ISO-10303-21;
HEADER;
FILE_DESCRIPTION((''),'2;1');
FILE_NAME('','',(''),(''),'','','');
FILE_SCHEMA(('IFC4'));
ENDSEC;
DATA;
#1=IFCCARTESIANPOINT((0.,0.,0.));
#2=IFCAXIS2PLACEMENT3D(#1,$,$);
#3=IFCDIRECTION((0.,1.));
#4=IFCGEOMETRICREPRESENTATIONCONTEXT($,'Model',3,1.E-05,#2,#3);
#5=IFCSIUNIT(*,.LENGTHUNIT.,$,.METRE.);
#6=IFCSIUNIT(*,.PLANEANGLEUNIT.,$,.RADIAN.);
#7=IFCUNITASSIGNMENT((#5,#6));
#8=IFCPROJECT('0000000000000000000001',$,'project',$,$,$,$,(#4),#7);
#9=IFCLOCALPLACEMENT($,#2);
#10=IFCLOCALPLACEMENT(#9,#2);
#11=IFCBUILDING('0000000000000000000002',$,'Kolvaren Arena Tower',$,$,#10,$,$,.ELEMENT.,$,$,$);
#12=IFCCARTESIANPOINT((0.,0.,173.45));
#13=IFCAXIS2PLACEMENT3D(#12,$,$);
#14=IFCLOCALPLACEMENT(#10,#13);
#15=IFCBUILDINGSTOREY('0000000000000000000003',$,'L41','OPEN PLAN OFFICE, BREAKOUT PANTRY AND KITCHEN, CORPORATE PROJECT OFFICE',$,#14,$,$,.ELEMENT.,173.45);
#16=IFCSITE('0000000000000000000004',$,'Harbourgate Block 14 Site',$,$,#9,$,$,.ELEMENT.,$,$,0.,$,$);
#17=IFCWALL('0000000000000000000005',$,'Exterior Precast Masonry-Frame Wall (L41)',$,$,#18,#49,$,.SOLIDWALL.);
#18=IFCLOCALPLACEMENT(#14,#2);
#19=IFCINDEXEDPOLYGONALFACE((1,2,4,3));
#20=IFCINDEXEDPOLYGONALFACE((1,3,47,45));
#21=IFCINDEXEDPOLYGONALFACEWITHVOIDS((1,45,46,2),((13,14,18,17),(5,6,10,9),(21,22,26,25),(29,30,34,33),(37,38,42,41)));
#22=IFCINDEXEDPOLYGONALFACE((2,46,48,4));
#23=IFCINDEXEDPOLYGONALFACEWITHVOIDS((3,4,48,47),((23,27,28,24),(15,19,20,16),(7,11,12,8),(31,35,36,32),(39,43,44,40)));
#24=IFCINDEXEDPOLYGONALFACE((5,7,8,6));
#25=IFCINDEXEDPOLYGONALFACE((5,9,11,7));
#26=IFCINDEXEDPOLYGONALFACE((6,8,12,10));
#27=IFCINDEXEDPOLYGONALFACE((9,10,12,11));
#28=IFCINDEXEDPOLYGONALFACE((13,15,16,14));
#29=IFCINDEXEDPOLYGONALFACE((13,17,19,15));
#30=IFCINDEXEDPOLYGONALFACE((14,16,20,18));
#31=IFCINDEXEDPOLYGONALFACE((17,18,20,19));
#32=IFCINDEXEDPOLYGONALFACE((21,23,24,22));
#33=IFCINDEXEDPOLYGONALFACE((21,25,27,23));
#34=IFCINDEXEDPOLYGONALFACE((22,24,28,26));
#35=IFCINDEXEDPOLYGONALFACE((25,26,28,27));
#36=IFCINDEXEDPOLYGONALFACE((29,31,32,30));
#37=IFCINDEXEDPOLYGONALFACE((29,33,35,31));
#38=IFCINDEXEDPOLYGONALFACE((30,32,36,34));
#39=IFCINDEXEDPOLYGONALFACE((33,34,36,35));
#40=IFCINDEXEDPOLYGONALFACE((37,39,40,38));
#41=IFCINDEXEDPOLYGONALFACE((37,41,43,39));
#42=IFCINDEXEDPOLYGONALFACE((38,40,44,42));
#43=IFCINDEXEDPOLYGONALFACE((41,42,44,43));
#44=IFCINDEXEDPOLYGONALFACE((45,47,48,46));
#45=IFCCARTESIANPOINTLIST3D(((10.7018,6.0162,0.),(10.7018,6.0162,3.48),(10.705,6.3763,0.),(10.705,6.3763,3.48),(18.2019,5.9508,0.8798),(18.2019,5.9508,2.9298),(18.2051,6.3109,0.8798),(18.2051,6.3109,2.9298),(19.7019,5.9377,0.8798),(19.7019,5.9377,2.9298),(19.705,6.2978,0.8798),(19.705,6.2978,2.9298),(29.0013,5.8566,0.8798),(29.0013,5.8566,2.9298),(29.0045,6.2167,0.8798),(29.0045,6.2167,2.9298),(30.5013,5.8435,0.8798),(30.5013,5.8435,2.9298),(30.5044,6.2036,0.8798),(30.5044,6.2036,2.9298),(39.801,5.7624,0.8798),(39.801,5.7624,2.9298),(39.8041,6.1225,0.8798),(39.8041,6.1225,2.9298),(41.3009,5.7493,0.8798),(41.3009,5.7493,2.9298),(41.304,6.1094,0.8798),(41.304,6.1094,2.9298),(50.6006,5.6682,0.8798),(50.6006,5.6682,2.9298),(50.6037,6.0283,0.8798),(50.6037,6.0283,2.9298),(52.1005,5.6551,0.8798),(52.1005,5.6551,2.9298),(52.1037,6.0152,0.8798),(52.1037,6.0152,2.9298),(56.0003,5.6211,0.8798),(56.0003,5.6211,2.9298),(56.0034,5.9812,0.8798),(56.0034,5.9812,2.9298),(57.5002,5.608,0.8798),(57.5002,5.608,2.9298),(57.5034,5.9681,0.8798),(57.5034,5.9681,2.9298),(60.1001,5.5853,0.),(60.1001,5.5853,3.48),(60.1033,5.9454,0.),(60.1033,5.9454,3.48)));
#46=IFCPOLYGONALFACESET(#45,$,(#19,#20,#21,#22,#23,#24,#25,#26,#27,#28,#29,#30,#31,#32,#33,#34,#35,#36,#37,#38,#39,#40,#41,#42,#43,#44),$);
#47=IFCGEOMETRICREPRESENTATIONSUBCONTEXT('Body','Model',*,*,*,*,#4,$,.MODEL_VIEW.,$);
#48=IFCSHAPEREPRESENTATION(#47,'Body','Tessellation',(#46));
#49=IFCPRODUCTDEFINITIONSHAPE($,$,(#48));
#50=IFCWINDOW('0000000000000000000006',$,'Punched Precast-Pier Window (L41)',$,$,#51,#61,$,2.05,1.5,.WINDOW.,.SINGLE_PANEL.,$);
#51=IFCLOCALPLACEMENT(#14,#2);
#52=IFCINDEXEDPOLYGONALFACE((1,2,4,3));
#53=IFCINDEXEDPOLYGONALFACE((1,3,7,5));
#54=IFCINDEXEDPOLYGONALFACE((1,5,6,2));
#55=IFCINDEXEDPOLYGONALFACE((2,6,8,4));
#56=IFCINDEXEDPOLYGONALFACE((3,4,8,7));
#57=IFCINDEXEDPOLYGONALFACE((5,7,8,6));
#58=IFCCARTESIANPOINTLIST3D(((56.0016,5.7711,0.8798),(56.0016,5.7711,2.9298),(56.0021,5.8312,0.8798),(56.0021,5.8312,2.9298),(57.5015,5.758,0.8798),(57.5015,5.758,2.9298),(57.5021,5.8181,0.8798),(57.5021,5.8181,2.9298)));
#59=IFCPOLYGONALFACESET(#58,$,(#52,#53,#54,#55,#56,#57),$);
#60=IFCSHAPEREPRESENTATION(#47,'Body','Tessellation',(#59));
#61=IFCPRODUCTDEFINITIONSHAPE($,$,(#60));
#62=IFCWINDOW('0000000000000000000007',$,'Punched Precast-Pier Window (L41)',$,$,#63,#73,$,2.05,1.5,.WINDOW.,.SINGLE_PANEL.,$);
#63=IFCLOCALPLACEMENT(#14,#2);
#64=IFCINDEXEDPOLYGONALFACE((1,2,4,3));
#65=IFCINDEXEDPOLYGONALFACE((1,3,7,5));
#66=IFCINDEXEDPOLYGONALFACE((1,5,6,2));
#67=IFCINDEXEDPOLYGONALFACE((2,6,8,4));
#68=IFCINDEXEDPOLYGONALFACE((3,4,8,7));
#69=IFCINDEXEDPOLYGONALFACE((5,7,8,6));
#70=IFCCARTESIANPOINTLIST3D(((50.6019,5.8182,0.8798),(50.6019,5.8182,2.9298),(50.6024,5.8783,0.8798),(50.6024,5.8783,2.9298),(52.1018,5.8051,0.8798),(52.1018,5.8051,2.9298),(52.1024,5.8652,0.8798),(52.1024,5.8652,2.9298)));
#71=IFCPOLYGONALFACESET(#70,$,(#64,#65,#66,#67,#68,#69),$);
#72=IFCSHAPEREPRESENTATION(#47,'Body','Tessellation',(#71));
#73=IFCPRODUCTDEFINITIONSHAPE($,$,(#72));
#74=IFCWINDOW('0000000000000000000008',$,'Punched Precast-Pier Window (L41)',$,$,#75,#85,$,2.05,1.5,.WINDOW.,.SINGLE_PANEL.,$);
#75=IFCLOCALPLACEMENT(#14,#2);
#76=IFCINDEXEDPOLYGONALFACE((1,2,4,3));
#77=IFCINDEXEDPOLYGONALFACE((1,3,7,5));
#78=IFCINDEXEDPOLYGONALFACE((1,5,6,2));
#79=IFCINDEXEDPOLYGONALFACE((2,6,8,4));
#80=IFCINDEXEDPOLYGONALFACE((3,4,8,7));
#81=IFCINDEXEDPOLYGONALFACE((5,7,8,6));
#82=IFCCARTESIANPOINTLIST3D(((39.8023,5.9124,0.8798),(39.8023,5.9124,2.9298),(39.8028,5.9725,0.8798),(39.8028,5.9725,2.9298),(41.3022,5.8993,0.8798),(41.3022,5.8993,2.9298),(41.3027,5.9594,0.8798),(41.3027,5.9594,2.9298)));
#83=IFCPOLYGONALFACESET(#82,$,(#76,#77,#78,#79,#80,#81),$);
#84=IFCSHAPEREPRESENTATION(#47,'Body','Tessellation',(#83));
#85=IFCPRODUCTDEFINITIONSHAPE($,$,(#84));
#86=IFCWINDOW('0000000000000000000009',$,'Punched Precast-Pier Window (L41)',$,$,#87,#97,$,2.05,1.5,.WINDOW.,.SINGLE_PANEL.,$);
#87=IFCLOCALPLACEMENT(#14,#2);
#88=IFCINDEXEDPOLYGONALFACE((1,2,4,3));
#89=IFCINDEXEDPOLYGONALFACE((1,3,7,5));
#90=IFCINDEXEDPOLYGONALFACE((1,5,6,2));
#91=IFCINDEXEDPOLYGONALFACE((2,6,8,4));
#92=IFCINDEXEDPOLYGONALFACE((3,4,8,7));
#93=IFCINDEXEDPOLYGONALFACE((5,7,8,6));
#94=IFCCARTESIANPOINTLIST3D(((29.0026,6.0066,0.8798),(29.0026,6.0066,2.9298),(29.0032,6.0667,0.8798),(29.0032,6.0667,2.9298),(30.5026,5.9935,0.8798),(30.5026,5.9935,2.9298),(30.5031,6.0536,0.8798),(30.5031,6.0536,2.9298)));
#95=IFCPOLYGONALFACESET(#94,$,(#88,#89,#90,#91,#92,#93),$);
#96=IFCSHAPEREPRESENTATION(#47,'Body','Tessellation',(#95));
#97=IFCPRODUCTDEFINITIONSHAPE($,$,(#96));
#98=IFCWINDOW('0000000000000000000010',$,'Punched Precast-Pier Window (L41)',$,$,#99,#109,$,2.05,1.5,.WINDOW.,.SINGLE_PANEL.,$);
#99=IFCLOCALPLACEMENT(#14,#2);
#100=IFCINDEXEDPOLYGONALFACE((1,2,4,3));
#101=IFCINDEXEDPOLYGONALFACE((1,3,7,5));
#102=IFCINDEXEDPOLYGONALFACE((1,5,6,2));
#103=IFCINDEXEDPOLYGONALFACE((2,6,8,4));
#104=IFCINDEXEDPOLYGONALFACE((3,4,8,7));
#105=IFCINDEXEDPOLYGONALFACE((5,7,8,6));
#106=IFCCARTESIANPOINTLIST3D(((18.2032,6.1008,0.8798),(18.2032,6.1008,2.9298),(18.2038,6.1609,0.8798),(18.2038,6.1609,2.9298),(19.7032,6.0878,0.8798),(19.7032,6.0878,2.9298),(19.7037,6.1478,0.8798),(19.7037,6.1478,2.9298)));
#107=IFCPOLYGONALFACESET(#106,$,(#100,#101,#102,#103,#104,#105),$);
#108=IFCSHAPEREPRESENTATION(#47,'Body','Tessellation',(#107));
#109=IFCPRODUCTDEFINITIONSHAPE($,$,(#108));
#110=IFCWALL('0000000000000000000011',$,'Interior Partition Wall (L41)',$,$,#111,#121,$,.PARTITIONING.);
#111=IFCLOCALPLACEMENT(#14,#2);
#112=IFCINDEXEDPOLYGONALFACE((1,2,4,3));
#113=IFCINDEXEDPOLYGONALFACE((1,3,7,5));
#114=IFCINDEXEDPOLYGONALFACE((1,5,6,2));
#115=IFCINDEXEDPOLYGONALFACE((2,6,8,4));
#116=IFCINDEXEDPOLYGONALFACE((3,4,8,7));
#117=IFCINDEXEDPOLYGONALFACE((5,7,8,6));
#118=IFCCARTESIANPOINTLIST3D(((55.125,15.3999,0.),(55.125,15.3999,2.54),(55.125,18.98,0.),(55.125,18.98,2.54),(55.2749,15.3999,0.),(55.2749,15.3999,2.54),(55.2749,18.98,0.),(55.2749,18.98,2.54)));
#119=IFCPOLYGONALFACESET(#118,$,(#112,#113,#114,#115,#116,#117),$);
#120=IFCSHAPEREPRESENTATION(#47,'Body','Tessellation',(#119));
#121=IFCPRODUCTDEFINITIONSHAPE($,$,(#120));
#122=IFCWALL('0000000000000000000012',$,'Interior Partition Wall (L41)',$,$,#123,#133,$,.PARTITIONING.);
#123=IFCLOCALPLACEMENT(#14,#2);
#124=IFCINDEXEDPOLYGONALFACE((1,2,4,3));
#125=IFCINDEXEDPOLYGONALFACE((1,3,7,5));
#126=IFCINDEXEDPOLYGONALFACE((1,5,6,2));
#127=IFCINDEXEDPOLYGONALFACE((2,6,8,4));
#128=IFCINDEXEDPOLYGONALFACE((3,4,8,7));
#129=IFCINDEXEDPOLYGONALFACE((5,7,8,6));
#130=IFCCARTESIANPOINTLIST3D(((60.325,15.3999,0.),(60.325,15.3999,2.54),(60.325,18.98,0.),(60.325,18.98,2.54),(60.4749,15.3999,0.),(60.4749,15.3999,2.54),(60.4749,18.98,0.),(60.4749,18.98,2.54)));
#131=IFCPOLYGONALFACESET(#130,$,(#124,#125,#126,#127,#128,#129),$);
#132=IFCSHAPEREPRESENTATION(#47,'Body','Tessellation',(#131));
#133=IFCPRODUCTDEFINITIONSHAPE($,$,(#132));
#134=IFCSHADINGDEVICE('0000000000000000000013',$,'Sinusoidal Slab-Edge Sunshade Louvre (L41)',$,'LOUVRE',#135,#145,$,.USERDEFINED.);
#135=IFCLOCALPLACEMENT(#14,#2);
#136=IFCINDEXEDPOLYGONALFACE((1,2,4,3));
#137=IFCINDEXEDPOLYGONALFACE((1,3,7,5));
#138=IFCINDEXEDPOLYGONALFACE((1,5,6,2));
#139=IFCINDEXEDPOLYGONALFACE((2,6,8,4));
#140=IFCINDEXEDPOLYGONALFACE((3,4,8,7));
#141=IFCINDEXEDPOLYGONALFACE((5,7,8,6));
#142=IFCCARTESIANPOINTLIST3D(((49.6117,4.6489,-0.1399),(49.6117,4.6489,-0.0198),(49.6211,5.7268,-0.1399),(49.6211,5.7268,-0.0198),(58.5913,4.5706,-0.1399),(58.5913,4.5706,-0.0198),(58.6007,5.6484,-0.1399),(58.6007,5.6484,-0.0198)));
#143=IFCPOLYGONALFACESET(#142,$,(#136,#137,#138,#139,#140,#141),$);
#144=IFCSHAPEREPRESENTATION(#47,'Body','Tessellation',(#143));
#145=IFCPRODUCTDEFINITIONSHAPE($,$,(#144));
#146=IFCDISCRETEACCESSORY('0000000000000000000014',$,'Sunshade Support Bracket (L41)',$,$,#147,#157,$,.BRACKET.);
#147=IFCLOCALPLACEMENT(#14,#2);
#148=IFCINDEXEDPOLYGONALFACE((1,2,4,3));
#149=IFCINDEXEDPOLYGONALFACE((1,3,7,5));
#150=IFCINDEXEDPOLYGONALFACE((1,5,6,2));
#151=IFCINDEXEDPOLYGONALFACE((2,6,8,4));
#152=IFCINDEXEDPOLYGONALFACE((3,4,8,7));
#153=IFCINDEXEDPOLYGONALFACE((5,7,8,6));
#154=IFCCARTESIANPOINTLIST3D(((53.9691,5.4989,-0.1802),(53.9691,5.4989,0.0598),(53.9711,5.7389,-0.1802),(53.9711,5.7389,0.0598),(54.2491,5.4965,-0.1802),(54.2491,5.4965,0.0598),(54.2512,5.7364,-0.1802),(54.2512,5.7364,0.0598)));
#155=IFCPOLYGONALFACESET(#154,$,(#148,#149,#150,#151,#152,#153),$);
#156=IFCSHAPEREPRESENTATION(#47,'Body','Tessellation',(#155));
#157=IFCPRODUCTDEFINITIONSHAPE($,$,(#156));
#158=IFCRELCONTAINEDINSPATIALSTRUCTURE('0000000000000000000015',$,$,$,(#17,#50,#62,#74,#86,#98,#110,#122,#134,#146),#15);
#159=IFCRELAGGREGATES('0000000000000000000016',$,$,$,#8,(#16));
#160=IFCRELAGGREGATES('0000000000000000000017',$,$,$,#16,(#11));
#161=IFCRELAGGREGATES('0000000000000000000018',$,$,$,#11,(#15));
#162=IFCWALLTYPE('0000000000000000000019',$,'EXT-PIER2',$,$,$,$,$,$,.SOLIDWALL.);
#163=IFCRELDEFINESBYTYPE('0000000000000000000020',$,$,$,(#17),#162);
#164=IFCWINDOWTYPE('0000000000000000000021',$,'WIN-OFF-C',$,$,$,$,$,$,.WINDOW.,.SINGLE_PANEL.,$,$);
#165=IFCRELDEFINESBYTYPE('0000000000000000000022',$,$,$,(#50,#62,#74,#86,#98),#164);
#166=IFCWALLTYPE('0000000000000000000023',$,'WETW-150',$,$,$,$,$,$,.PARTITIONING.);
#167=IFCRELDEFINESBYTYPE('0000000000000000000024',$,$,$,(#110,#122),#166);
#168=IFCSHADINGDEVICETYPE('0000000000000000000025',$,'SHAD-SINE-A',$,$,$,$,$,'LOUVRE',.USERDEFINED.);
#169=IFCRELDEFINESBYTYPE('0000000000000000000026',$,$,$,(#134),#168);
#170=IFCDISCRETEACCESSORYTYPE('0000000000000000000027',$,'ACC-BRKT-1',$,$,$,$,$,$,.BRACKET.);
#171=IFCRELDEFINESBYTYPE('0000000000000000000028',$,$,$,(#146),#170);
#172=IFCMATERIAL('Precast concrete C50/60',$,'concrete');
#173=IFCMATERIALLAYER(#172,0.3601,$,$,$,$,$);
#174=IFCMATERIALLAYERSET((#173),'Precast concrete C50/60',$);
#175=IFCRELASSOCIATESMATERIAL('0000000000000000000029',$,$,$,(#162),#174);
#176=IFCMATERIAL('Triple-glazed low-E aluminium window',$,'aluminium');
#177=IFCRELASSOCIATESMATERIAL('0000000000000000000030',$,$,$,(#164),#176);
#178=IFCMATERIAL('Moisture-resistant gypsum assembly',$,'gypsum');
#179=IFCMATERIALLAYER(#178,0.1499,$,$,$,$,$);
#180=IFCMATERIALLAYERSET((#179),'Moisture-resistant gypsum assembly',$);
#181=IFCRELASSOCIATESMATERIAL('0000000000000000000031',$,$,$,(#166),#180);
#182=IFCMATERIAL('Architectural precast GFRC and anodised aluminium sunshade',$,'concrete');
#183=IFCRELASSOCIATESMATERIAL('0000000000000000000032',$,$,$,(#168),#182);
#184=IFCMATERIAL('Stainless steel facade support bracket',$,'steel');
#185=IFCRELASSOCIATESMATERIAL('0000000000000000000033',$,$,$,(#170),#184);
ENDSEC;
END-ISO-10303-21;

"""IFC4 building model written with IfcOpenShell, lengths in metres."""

from ifc_helpers import new_model, si_unit, direction, frame, frame_2d, origin, origin_2d, place, context, subcontext, project, spatial, rectangle, extrude, material, layer, layer_set, type_object, element, fill, save


model = new_model("IFC4")

# Units and contexts
model_context = context("Model", 3, precision=1e-05, world=origin(), true_north=direction((0.0, 1.0)))
body_context = subcontext(model_context, "Body", "Model", "MODEL_VIEW")
ifc_project = project(units=[si_unit("LENGTHUNIT", "METRE"), si_unit("PLANEANGLEUNIT", "RADIAN")], contexts=[model_context])

# Site, building, storey
site_placement = place(None, origin())
site = spatial("IfcSite", under=ifc_project, at=site_placement, Name="Harbourgate Block 14 Site", CompositionType="ELEMENT", RefElevation=0.0)
building_placement = place(site_placement, origin())
building = spatial("IfcBuilding", under=site, at=building_placement, Name="Kolvaren Arena Tower", CompositionType="ELEMENT")
storey_placement = place(building_placement, frame((0.0, 0.0, 173.45)))
storey = spatial("IfcBuildingStorey", under=building, at=storey_placement, Name="L41", Description="OPEN PLAN OFFICE, BREAKOUT PANTRY AND KITCHEN, CORPORATE PROJECT OFFICE", CompositionType="ELEMENT", Elevation=173.45)

# Shared definitions
ifc_material_1 = material(Name="Precast concrete C50/60", Category="concrete")
ifc_layer_1 = layer(ifc_material_1, 0.3601)
ifc_layer_set_1 = layer_set([ifc_layer_1], Name="Precast concrete C50/60")
wall_type_1 = type_object("IfcWallType", Name="EXT-PIER2", PredefinedType="SOLIDWALL", material=ifc_layer_set_1)

# Wall, openings, windows
wall_1_placement = place(storey_placement, frame((60.1018, 5.7654, 0.0), z_axis=(0.0, 0.0, 1.0), x_axis=(-0.999962, 0.008723, 0.0)))
wall_1 = element("IfcWall", 1, at=wall_1_placement, inside=storey, type_object=wall_type_1, Name="Exterior Precast Masonry-Frame Wall (L41)", PredefinedType="SOLIDWALL", context=body_context, shape_type="SweptSolid", body=[
    extrude(rectangle(XDim=49.4001, YDim=0.3601, at=frame_2d((24.7002, 0.0))), origin(), (0.0, 0.0, 1.0), 3.48),
])
opening_1_placement = place(wall_1_placement, frame((2.6001, 0.0, 0.8799)))
opening_1 = element("IfcOpeningElement", 2, at=opening_1_placement, cuts=wall_1, PredefinedType="OPENING", context=body_context, shape_type="SweptSolid", body=[
    extrude(rectangle(XDim=1.5, YDim=2.05, at=frame_2d((0.75, 1.0249))), frame((0.0, 0.1899, 0.0), z_axis=(0.0, -1.0, 0.0), x_axis=(1.0, 0.0, 0.0)), (0.0, 0.0, 1.0), 0.3801),
])
opening_2_placement = place(wall_1_placement, frame((8.0, 0.0, 0.8799)))
opening_2 = element("IfcOpeningElement", 3, at=opening_2_placement, cuts=wall_1, PredefinedType="OPENING", context=body_context, shape_type="SweptSolid", body=[
    extrude(rectangle(XDim=1.5, YDim=2.05, at=frame_2d((0.75, 1.0249))), frame((0.0, 0.1899, 0.0), z_axis=(0.0, -1.0, 0.0), x_axis=(1.0, 0.0, 0.0)), (0.0, 0.0, 1.0), 0.3801),
])
opening_3_placement = place(wall_1_placement, frame((18.8, 0.0, 0.8799)))
opening_3 = element("IfcOpeningElement", 4, at=opening_3_placement, cuts=wall_1, PredefinedType="OPENING", context=body_context, shape_type="SweptSolid", body=[
    extrude(rectangle(XDim=1.5, YDim=2.05, at=frame_2d((0.75, 1.0249))), frame((0.0, 0.1899, 0.0), z_axis=(0.0, -1.0, 0.0), x_axis=(1.0, 0.0, 0.0)), (0.0, 0.0, 1.0), 0.3801),
])
opening_4_placement = place(wall_1_placement, frame((29.6001, 0.0, 0.8799)))
opening_4 = element("IfcOpeningElement", 5, at=opening_4_placement, cuts=wall_1, PredefinedType="OPENING", context=body_context, shape_type="SweptSolid", body=[
    extrude(rectangle(XDim=1.5, YDim=2.05, at=frame_2d((0.75, 1.0249))), frame((0.0, 0.1899, 0.0), z_axis=(0.0, -1.0, 0.0), x_axis=(1.0, 0.0, 0.0)), (0.0, 0.0, 1.0), 0.3801),
])
opening_5_placement = place(wall_1_placement, frame((40.3999, 0.0, 0.8799)))
opening_5 = element("IfcOpeningElement", 6, at=opening_5_placement, cuts=wall_1, PredefinedType="OPENING", context=body_context, shape_type="SweptSolid", body=[
    extrude(rectangle(XDim=1.5, YDim=2.05, at=frame_2d((0.75, 1.0249))), frame((0.0, 0.1899, 0.0), z_axis=(0.0, -1.0, 0.0), x_axis=(1.0, 0.0, 0.0)), (0.0, 0.0, 1.0), 0.3801),
])
ifc_material_2 = material(Name="Triple-glazed low-E aluminium window", Category="aluminium")
window_type = type_object("IfcWindowType", Name="WIN-OFF-C", PartitioningType="SINGLE_PANEL", PredefinedType="WINDOW", material=ifc_material_2)
window_1_placement = place(opening_1_placement, origin())
window_1 = element("IfcWindow", 7, at=window_1_placement, inside=storey, type_object=window_type, Name="Punched Precast-Pier Window (L41)", OverallHeight=2.05, OverallWidth=1.5, PartitioningType="SINGLE_PANEL", PredefinedType="WINDOW", context=body_context, shape_type="SweptSolid", body=[
    extrude(rectangle(XDim=1.5, YDim=2.05, at=frame_2d((0.75, 1.0249))), frame((0.0, 0.03, 0.0), z_axis=(0.0, -1.0, 0.0), x_axis=(1.0, 0.0, 0.0)), (0.0, 0.0, 1.0), 0.0601),
])
fill(opening_1, window_1)
window_2_placement = place(opening_2_placement, origin())
window_2 = element("IfcWindow", 8, at=window_2_placement, inside=storey, type_object=window_type, Name="Punched Precast-Pier Window (L41)", OverallHeight=2.05, OverallWidth=1.5, PartitioningType="SINGLE_PANEL", PredefinedType="WINDOW", context=body_context, shape_type="SweptSolid", body=[
    extrude(rectangle(XDim=1.5, YDim=2.05, at=frame_2d((0.75, 1.0249))), frame((0.0, 0.03, 0.0), z_axis=(0.0, -1.0, 0.0), x_axis=(1.0, 0.0, 0.0)), (0.0, 0.0, 1.0), 0.0601),
])
fill(opening_2, window_2)
window_3_placement = place(opening_3_placement, origin())
window_3 = element("IfcWindow", 9, at=window_3_placement, inside=storey, type_object=window_type, Name="Punched Precast-Pier Window (L41)", OverallHeight=2.05, OverallWidth=1.5, PartitioningType="SINGLE_PANEL", PredefinedType="WINDOW", context=body_context, shape_type="SweptSolid", body=[
    extrude(rectangle(XDim=1.5, YDim=2.05, at=frame_2d((0.75, 1.0249))), frame((0.0, 0.03, 0.0), z_axis=(0.0, -1.0, 0.0), x_axis=(1.0, 0.0, 0.0)), (0.0, 0.0, 1.0), 0.0601),
])
fill(opening_3, window_3)
window_4_placement = place(opening_4_placement, origin())
window_4 = element("IfcWindow", 10, at=window_4_placement, inside=storey, type_object=window_type, Name="Punched Precast-Pier Window (L41)", OverallHeight=2.05, OverallWidth=1.5, PartitioningType="SINGLE_PANEL", PredefinedType="WINDOW", context=body_context, shape_type="SweptSolid", body=[
    extrude(rectangle(XDim=1.5, YDim=2.05, at=frame_2d((0.75, 1.0249))), frame((0.0, 0.03, 0.0), z_axis=(0.0, -1.0, 0.0), x_axis=(1.0, 0.0, 0.0)), (0.0, 0.0, 1.0), 0.0601),
])
fill(opening_4, window_4)
window_5_placement = place(opening_5_placement, origin())
window_5 = element("IfcWindow", 11, at=window_5_placement, inside=storey, type_object=window_type, Name="Punched Precast-Pier Window (L41)", OverallHeight=2.05, OverallWidth=1.5, PartitioningType="SINGLE_PANEL", PredefinedType="WINDOW", context=body_context, shape_type="SweptSolid", body=[
    extrude(rectangle(XDim=1.5, YDim=2.05, at=frame_2d((0.75, 1.0249))), frame((0.0, 0.03, 0.0), z_axis=(0.0, -1.0, 0.0), x_axis=(1.0, 0.0, 0.0)), (0.0, 0.0, 1.0), 0.0601),
])
fill(opening_5, window_5)

# Walls
ifc_material_3 = material(Name="Moisture-resistant gypsum assembly", Category="gypsum")
ifc_layer_2 = layer(ifc_material_3, 0.1499)
ifc_layer_set_2 = layer_set([ifc_layer_2], Name="Moisture-resistant gypsum assembly")
wall_type_2 = type_object("IfcWallType", Name="WETW-150", PredefinedType="PARTITIONING", material=ifc_layer_set_2)
for number, where, z_axis, x_axis, name in (
    (12, (55.2, 15.3999, 0.0), (0.0, 0.0, 1.0), (0.0, 1.0, 0.0), "Interior Partition Wall (L41)"),
    (13, (60.3999, 15.3999, 0.0), (0.0, 0.0, 1.0), (0.0, 1.0, 0.0), "Interior Partition Wall (L41)"),
):
    element("IfcWall", number, at=place(storey_placement, frame(where, z_axis=z_axis, x_axis=x_axis)), inside=storey, type_object=wall_type_2, Name=name, PredefinedType="PARTITIONING", context=body_context, shape_type="SweptSolid", body=[
        extrude(rectangle(XDim=3.5801, YDim=0.1499, at=frame_2d((1.79, 0.0))), origin(), (0.0, 0.0, 1.0), 2.54),
    ])

# Shading device
ifc_material_4 = material(Name="Architectural precast GFRC and anodised aluminium sunshade", Category="concrete")
shading_device_type = type_object("IfcShadingDeviceType", Name="SHAD-SINE-A", ElementType="LOUVRE", PredefinedType="USERDEFINED", material=ifc_material_4)
shading_device_placement = place(storey_placement, frame((54.1062, 5.1487, -0.1399), z_axis=(0.0, 0.0, 1.0), x_axis=(-0.999962, 0.008727, 0.0)))
element("IfcShadingDevice", 14, at=shading_device_placement, inside=storey, type_object=shading_device_type, Name="Sinusoidal Slab-Edge Sunshade Louvre (L41)", ObjectType="LOUVRE", PredefinedType="USERDEFINED", context=body_context, shape_type="SweptSolid", body=[
    extrude(rectangle(XDim=8.98, YDim=1.0779, at=origin_2d()), origin(), (0.0, 0.0, 1.0), 0.1201),
])

# Discrete accessory
ifc_material_5 = material(Name="Stainless steel facade support bracket", Category="steel")
discrete_accessory_type = type_object("IfcDiscreteAccessoryType", Name="ACC-BRKT-1", PredefinedType="BRACKET", material=ifc_material_5)
discrete_accessory_placement = place(storey_placement, frame((54.1101, 5.6177, -0.1802), z_axis=(0.0, 0.0, 1.0), x_axis=(-0.999962, 0.008727, 0.0)))
element("IfcDiscreteAccessory", 15, at=discrete_accessory_placement, inside=storey, type_object=discrete_accessory_type, Name="Sunshade Support Bracket (L41)", PredefinedType="BRACKET", context=body_context, shape_type="SweptSolid", body=[
    extrude(rectangle(XDim=0.28, YDim=0.24, at=origin_2d()), origin(), (0.0, 0.0, 1.0), 0.24),
])

save(model, "model.ifc")
